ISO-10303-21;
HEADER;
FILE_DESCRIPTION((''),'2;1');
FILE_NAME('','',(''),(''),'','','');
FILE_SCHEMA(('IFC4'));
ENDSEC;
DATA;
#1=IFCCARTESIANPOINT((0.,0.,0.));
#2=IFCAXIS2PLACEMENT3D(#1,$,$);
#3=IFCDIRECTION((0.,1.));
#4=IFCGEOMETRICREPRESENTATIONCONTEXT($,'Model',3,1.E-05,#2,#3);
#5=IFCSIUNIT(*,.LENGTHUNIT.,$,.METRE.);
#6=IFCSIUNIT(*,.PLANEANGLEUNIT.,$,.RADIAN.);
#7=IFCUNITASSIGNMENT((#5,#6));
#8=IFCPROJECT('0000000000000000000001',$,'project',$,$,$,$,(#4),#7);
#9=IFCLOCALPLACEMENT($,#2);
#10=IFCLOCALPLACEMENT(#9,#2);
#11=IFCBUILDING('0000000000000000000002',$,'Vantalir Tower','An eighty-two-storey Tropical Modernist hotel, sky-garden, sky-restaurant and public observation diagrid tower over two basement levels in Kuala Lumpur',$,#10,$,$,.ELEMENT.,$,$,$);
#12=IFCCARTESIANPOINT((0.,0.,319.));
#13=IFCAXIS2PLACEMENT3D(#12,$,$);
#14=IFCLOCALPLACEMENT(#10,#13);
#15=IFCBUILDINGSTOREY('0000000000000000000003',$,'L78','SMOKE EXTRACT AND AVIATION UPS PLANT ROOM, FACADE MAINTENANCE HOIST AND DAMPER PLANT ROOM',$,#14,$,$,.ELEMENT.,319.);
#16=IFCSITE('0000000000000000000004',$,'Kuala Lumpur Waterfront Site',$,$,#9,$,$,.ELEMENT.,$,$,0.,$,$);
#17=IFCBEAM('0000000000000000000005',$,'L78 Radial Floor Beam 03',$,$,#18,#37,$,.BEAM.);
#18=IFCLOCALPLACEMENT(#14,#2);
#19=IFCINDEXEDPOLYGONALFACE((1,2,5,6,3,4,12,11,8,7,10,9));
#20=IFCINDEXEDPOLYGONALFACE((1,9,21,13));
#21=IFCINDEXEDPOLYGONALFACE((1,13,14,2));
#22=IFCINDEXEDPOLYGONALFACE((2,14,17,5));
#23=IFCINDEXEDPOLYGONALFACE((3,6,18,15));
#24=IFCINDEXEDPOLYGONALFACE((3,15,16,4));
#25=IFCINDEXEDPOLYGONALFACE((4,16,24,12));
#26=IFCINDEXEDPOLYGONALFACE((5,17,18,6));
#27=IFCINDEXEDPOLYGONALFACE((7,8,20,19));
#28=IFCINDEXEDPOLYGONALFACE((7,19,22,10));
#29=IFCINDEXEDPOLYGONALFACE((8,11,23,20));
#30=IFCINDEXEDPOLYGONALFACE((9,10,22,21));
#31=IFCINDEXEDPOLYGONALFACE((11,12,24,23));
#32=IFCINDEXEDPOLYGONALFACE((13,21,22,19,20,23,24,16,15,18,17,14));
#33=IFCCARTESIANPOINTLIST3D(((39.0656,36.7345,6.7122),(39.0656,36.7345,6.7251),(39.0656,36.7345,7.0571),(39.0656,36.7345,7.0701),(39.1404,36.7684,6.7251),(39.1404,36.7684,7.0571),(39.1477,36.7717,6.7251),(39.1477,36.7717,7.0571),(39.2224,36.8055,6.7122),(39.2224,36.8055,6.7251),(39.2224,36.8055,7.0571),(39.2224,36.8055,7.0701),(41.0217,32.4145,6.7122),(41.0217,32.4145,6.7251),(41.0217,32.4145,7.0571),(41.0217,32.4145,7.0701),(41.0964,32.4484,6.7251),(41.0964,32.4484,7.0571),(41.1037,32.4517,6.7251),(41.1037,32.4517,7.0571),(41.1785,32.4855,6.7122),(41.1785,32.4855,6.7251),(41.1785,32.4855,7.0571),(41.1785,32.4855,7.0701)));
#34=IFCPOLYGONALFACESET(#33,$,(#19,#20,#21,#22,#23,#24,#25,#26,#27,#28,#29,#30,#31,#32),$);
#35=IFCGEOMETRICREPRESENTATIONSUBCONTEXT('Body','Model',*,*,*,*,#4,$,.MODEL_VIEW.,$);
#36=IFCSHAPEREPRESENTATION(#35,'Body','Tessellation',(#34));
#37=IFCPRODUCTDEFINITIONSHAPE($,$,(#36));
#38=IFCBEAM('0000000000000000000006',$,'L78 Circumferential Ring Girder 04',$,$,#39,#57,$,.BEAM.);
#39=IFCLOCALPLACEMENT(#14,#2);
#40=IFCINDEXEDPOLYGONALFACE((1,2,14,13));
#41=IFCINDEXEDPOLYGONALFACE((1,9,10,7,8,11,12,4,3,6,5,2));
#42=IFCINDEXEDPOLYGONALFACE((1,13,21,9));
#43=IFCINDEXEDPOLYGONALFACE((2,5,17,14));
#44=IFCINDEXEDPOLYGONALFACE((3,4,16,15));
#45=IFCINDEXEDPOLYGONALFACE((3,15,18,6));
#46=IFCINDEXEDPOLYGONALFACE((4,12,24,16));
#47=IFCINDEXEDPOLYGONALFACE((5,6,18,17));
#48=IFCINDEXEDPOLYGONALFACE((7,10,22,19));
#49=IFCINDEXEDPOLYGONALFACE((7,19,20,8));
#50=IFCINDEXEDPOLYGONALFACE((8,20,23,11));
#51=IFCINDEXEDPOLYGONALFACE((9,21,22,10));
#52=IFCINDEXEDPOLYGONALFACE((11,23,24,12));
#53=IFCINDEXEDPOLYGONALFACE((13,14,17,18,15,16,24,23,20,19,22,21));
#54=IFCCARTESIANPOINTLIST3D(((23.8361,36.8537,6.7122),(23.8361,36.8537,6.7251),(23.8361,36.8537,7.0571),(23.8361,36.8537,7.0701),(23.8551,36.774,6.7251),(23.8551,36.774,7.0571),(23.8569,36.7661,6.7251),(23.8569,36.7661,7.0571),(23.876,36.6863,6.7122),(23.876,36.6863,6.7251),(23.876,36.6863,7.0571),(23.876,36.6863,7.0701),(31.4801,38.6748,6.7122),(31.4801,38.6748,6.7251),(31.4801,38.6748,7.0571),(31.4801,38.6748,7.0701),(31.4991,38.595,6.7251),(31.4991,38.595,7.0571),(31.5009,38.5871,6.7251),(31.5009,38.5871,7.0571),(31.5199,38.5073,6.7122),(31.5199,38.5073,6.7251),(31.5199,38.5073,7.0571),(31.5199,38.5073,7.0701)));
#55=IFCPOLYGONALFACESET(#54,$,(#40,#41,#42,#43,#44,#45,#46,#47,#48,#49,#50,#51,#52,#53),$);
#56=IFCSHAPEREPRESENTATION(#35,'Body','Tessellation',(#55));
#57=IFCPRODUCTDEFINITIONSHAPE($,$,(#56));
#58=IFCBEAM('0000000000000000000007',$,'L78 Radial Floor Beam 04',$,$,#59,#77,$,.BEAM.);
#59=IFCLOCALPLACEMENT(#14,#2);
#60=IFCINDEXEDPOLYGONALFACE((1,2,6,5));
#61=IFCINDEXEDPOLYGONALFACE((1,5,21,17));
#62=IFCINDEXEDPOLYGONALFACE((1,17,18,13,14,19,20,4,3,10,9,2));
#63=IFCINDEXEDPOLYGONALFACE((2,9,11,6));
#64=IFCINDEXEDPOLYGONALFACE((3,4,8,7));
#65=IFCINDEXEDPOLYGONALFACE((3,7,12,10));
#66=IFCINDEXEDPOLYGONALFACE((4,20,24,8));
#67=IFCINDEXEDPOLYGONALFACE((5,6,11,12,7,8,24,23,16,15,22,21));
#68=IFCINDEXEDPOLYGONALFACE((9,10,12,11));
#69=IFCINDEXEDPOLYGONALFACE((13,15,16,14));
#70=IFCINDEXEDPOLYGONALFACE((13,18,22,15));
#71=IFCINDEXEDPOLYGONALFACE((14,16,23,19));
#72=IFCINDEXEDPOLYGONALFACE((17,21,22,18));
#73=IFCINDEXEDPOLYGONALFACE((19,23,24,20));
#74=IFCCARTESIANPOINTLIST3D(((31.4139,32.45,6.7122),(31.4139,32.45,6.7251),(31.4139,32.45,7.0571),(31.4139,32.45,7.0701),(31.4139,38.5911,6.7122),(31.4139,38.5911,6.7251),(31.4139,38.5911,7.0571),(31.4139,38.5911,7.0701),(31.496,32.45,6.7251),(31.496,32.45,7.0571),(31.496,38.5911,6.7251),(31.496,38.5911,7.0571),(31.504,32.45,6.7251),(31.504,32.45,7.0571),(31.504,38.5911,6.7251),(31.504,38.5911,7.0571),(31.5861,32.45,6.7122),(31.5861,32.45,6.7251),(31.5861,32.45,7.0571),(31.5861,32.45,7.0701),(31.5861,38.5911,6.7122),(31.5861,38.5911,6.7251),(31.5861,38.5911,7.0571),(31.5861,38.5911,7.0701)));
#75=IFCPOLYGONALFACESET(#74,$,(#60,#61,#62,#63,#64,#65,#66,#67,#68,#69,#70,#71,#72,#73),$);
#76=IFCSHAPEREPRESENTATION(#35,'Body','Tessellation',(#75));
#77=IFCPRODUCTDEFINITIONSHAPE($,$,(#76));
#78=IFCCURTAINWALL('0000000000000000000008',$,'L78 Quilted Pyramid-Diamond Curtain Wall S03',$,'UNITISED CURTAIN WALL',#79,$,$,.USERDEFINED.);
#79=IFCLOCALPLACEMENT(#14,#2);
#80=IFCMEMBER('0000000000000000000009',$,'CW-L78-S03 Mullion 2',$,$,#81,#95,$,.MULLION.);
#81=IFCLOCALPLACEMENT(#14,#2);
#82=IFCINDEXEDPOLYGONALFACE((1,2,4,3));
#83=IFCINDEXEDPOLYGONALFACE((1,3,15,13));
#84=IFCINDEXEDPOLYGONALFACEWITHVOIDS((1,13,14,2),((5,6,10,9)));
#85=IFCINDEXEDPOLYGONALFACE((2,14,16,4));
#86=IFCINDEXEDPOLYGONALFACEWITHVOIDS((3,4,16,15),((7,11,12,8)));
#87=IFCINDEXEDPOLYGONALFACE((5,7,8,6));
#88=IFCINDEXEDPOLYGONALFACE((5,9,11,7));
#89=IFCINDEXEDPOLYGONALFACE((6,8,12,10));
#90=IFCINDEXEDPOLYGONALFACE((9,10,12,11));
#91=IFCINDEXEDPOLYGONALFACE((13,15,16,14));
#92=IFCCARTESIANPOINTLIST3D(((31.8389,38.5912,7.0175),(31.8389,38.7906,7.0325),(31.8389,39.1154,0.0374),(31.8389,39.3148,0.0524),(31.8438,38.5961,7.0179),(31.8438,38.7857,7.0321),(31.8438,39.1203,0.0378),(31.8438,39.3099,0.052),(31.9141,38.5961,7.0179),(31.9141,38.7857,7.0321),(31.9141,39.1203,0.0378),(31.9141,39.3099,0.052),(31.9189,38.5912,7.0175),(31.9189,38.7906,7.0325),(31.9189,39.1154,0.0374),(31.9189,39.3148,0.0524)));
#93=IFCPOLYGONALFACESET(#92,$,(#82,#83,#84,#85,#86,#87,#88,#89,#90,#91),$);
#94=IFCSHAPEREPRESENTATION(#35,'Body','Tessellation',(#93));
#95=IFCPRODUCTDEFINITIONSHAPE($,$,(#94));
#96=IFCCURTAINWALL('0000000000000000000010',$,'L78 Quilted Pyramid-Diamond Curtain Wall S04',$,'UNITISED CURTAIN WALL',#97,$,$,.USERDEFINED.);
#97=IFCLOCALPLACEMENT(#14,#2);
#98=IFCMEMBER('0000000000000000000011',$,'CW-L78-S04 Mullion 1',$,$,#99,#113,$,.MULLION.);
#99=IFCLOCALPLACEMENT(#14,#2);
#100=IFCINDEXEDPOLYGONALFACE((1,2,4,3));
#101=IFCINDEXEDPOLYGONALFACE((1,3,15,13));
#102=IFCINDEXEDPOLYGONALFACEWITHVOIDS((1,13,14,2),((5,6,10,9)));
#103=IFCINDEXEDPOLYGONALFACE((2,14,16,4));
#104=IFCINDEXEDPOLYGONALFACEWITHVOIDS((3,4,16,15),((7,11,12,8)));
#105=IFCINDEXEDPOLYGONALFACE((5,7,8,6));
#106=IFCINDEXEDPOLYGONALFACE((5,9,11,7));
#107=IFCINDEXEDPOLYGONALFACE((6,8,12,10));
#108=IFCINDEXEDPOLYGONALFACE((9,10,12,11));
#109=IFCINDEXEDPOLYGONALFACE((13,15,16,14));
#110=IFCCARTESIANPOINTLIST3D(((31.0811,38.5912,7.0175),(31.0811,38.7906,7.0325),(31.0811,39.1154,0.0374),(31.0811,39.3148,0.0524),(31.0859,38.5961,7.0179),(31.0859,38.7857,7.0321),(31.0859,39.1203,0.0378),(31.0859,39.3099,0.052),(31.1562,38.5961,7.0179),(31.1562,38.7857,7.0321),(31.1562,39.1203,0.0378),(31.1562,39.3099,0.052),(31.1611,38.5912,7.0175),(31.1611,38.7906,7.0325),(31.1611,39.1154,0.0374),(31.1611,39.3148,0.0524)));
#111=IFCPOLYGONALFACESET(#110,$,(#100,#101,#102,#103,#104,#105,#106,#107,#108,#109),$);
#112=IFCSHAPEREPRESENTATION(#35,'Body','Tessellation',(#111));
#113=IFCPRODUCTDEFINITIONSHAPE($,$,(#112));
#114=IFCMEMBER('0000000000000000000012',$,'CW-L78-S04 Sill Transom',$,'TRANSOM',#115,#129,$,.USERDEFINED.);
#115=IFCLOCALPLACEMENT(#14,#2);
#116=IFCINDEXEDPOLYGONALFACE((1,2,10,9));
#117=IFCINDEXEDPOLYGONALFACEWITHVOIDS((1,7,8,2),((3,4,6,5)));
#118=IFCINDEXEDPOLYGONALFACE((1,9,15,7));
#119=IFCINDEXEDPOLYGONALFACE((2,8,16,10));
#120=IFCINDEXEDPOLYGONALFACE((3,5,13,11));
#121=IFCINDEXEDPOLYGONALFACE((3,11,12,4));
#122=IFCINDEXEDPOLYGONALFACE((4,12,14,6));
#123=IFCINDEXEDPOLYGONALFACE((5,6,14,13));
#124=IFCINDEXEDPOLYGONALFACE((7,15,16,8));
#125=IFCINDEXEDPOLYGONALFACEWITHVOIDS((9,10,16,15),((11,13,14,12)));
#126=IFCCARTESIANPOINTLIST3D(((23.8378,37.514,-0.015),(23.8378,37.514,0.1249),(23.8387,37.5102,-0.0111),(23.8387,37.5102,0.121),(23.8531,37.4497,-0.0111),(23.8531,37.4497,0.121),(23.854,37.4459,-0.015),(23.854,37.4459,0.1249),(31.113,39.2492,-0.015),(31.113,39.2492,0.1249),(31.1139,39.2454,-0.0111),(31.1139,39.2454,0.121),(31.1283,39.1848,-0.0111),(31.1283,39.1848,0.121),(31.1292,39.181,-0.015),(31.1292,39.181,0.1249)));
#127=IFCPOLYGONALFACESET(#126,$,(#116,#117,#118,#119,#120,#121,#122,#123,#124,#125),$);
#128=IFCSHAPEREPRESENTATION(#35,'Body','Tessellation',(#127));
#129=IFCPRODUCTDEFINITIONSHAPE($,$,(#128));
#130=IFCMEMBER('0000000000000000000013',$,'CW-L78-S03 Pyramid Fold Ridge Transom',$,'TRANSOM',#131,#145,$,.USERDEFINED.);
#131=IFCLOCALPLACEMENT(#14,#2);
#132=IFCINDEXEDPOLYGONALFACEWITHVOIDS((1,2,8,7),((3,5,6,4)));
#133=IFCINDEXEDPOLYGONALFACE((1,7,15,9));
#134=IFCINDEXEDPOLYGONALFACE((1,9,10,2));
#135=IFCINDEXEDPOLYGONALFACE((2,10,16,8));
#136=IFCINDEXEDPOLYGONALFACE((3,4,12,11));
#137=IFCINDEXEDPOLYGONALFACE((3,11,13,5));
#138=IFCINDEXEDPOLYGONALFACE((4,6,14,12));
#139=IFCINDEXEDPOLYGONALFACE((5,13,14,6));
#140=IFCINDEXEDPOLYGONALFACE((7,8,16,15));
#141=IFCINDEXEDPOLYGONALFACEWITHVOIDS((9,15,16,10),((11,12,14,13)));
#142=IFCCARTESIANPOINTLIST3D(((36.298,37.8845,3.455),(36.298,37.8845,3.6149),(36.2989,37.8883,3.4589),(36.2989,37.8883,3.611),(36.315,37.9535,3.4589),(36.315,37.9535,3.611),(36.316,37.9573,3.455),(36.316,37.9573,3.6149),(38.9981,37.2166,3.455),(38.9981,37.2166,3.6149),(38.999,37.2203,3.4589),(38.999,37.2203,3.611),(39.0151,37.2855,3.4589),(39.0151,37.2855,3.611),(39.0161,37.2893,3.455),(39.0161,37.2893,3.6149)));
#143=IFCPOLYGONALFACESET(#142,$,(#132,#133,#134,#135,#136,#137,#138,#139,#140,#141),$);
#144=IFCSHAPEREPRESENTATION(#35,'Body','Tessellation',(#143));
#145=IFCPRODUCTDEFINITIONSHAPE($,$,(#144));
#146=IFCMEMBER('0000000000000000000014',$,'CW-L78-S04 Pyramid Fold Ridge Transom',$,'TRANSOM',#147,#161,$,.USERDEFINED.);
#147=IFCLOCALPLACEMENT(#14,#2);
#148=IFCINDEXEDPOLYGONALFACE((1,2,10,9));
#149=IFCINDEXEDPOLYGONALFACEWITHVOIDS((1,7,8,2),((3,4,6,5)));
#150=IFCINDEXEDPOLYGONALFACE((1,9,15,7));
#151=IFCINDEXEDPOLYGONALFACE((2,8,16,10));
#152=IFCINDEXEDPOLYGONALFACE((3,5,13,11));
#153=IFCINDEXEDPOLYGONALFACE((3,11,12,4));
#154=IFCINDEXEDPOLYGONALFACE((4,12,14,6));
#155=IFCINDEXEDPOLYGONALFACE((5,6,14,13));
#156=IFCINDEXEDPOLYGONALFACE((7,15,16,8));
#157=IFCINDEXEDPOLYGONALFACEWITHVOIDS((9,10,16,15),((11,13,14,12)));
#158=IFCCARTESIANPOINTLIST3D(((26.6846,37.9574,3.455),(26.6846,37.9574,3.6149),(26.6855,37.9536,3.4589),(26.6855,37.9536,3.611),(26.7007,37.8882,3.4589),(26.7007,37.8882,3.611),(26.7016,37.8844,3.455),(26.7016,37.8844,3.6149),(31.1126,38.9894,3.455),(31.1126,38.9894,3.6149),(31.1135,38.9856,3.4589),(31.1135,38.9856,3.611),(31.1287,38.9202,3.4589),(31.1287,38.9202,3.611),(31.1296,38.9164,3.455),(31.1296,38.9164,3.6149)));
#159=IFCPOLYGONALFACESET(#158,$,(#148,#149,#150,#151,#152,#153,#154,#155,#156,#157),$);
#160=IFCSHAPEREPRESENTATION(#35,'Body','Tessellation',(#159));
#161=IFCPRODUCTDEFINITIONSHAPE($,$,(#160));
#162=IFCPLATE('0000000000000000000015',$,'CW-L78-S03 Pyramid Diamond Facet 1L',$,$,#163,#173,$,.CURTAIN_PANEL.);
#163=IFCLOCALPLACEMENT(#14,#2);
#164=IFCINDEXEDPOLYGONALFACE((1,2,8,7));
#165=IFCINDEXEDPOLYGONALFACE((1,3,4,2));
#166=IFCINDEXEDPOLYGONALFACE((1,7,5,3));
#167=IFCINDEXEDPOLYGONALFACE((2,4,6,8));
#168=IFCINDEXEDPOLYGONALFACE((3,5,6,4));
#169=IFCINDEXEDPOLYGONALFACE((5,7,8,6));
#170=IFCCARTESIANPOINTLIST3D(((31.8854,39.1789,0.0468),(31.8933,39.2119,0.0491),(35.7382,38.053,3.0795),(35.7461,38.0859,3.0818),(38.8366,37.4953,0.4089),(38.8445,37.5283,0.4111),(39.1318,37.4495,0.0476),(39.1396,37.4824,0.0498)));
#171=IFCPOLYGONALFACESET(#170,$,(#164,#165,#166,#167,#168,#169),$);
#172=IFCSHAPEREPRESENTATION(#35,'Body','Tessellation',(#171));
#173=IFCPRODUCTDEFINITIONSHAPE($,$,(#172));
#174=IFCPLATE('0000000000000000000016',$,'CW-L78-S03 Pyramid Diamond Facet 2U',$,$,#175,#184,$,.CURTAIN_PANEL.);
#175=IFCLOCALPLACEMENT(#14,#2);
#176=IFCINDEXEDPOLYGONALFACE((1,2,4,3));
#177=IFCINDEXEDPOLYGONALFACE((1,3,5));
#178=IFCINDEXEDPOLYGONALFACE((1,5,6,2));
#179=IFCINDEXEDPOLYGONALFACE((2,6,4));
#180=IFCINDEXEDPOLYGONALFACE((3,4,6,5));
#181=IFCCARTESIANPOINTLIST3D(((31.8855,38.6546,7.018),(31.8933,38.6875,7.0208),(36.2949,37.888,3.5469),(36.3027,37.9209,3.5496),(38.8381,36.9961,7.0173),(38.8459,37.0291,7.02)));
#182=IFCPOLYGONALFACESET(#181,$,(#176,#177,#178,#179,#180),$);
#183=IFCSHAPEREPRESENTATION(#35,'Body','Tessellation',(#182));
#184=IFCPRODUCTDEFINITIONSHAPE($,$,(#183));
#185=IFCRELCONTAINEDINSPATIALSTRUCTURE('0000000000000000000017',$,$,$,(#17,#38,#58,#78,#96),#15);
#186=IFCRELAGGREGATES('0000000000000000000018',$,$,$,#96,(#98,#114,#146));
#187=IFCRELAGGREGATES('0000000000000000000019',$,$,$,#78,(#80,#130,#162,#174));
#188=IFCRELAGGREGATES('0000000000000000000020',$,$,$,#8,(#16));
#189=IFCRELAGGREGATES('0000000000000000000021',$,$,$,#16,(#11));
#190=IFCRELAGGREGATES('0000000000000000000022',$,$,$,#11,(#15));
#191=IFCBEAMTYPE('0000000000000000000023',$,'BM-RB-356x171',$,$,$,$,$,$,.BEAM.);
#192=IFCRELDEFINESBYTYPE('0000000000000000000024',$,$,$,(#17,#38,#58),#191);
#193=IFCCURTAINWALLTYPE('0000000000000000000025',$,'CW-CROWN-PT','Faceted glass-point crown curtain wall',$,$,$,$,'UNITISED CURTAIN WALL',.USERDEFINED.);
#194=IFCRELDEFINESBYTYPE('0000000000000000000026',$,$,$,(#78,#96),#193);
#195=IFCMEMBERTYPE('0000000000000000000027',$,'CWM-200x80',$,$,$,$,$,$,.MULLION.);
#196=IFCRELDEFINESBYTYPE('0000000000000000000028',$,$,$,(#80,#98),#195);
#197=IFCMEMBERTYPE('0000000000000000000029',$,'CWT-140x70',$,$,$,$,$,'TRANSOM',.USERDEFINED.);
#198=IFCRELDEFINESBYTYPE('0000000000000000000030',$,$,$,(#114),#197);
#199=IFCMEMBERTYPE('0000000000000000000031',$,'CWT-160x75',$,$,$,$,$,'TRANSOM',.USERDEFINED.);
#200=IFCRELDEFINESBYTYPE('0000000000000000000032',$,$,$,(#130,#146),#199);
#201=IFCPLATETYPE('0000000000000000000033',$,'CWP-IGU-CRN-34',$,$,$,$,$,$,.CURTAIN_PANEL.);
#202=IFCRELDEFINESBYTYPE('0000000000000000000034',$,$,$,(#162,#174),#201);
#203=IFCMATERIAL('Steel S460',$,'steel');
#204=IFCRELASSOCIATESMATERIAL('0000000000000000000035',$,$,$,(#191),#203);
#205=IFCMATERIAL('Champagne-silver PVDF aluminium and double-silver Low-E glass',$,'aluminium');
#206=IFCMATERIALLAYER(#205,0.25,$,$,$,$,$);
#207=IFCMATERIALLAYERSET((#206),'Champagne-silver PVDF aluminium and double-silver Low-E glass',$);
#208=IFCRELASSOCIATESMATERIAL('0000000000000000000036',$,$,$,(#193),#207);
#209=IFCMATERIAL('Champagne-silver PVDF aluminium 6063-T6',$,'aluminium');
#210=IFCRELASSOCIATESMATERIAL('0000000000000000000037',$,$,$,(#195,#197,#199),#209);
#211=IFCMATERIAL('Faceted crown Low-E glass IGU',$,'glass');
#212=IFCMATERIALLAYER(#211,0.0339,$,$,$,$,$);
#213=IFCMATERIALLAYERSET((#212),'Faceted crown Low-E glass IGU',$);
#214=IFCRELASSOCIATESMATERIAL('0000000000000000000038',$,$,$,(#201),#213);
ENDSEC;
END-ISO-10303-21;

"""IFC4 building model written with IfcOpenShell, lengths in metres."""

from ifc_helpers import new_model, si_unit, direction, frame, origin, origin_2d, place, context, subcontext, project, spatial, polyline, hollow_rectangle, i_section, outline, extrude, material, layer, layer_set, material_profile, profile_set, type_object, element, aggregate, save


model = new_model("IFC4")

# Units and contexts
model_context = context("Model", 3, precision=1e-05, world=origin(), true_north=direction((0.0, 1.0)))
body_context = subcontext(model_context, "Body", "Model", "MODEL_VIEW")
ifc_project = project(units=[si_unit("LENGTHUNIT", "METRE"), si_unit("PLANEANGLEUNIT", "RADIAN")], contexts=[model_context])

# Site, building, storey
site_placement = place(None, origin())
site = spatial("IfcSite", under=ifc_project, at=site_placement, Name="Kuala Lumpur Waterfront Site", CompositionType="ELEMENT", RefElevation=0.0)
building_placement = place(site_placement, origin())
building = spatial("IfcBuilding", under=site, at=building_placement, Name="Vantalir Tower", Description="An eighty-two-storey Tropical Modernist hotel, sky-garden, sky-restaurant and public observation diagrid tower over two basement levels in Kuala Lumpur", CompositionType="ELEMENT")
storey_placement = place(building_placement, frame((0.0, 0.0, 319.0)))
storey = spatial("IfcBuildingStorey", under=building, at=storey_placement, Name="L78", Description="SMOKE EXTRACT AND AVIATION UPS PLANT ROOM, FACADE MAINTENANCE HOIST AND DAMPER PLANT ROOM", CompositionType="ELEMENT", Elevation=319.0)

# Shared definitions
ifc_material_1 = material(Name="Steel S460", Category="steel")

# Beams
ifc_material_profile_1 = material_profile(ifc_material_1, i_section(OverallWidth=0.1721, OverallDepth=0.3579, WebThickness=0.0081, FlangeThickness=0.0129, at=origin_2d()), Name="Steel S460")
ifc_profile_set_1 = profile_set([ifc_material_profile_1], Name="Steel S460")
beam_type_1 = type_object("IfcBeamType", Name="BM-RB-356x171", PredefinedType="BEAM", material=ifc_profile_set_1)
beam_1_placement = place(storey_placement, frame((39.144, 36.77, 6.8911), z_axis=(0.412472, -0.91097, 0.0), x_axis=(0.91097, 0.412472, 0.0)))
element("IfcBeam", 1, at=beam_1_placement, inside=storey, type_object=beam_type_1, Name="L78 Radial Floor Beam 03", PredefinedType="BEAM", context=body_context, shape_type="SweptSolid", body=[
    extrude(i_section(OverallWidth=0.1721, OverallDepth=0.3579, WebThickness=0.0081, FlangeThickness=0.0129, at=origin_2d()), origin(), (0.0, 0.0, 1.0), 4.7422),
])
beam_2_placement = place(storey_placement, frame((31.5, 38.5911, 6.8911), z_axis=(-0.972777, -0.231745, 0.0), x_axis=(0.231745, -0.972777, 0.0)))
element("IfcBeam", 2, at=beam_2_placement, inside=storey, type_object=beam_type_1, Name="L78 Circumferential Ring Girder 04", PredefinedType="BEAM", context=body_context, shape_type="SweptSolid", body=[
    extrude(i_section(OverallWidth=0.1721, OverallDepth=0.3579, WebThickness=0.0081, FlangeThickness=0.0129, at=origin_2d()), origin(), (0.0, 0.0, 1.0), 7.8579),
])
beam_3_placement = place(storey_placement, frame((31.5, 38.5911, 6.8911), z_axis=(0.0, -1.0, 0.0), x_axis=(1.0, 0.0, 0.0)))
element("IfcBeam", 3, at=beam_3_placement, inside=storey, type_object=beam_type_1, Name="L78 Radial Floor Beam 04", PredefinedType="BEAM", context=body_context, shape_type="SweptSolid", body=[
    extrude(i_section(OverallWidth=0.1721, OverallDepth=0.3579, WebThickness=0.0081, FlangeThickness=0.0129, at=origin_2d()), origin(), (0.0, 0.0, 1.0), 6.1411),
])

# Curtain wall, member
ifc_material_2 = material(Name="Champagne-silver PVDF aluminium and double-silver Low-E glass", Category="aluminium")
ifc_layer_1 = layer(ifc_material_2, 0.25)
ifc_layer_set_1 = layer_set([ifc_layer_1], Name="Champagne-silver PVDF aluminium and double-silver Low-E glass")
curtain_wall_type = type_object("IfcCurtainWallType", Name="CW-CROWN-PT", Description="Faceted glass-point crown curtain wall", ElementType="UNITISED CURTAIN WALL", PredefinedType="USERDEFINED", material=ifc_layer_set_1)
curtain_wall_1_placement = place(storey_placement, origin())
curtain_wall_1 = element("IfcCurtainWall", 4, at=curtain_wall_1_placement, inside=storey, type_object=curtain_wall_type, Name="L78 Quilted Pyramid-Diamond Curtain Wall S03", ObjectType="UNITISED CURTAIN WALL", PredefinedType="USERDEFINED")
ifc_material_3 = material(Name="Champagne-silver PVDF aluminium 6063-T6", Category="aluminium")
ifc_material_profile_2 = material_profile(ifc_material_3, hollow_rectangle(XDim=0.0801, YDim=0.2, WallThickness=0.0049, at=origin_2d()), Name="Champagne-silver PVDF aluminium 6063-T6")
ifc_profile_set_2 = profile_set([ifc_material_profile_2], Name="Champagne-silver PVDF aluminium 6063-T6")
member_type_1 = type_object("IfcMemberType", Name="CWM-200x80", PredefinedType="MULLION", material=ifc_profile_set_2)
member_1_placement = place(storey_placement, frame((31.8789, 39.2151, 0.0449), z_axis=(0.0, -0.074885, 0.997192), x_axis=(1.0, 0.0, 0.0)))
member_1 = element("IfcMember", 5, at=member_1_placement, type_object=member_type_1, Name="CW-L78-S03 Mullion 2", PredefinedType="MULLION", context=body_context, shape_type="SweptSolid", body=[
    extrude(hollow_rectangle(XDim=0.0801, YDim=0.2, WallThickness=0.0049, at=origin_2d()), origin(), (0.0, 0.0, 1.0), 6.9998),
])

# Curtain wall, members
curtain_wall_2_placement = place(storey_placement, origin())
curtain_wall_2 = element("IfcCurtainWall", 6, at=curtain_wall_2_placement, inside=storey, type_object=curtain_wall_type, Name="L78 Quilted Pyramid-Diamond Curtain Wall S04", ObjectType="UNITISED CURTAIN WALL", PredefinedType="USERDEFINED")
member_2_placement = place(storey_placement, frame((31.1211, 39.2151, 0.0449), z_axis=(0.0, -0.074885, 0.997192), x_axis=(1.0, 0.0, 0.0)))
member_2 = element("IfcMember", 7, at=member_2_placement, type_object=member_type_1, Name="CW-L78-S04 Mullion 1", PredefinedType="MULLION", context=body_context, shape_type="SweptSolid", body=[
    extrude(hollow_rectangle(XDim=0.0801, YDim=0.2, WallThickness=0.0049, at=origin_2d()), origin(), (0.0, 0.0, 1.0), 6.9998),
])
ifc_material_profile_3 = material_profile(ifc_material_3, hollow_rectangle(XDim=0.0701, YDim=0.1399, WallThickness=0.0039, at=origin_2d()), Name="Champagne-silver PVDF aluminium 6063-T6")
ifc_profile_set_3 = profile_set([ifc_material_profile_3], Name="Champagne-silver PVDF aluminium 6063-T6")
member_type_2 = type_object("IfcMemberType", Name="CWT-140x70", ElementType="TRANSOM", PredefinedType="USERDEFINED", material=ifc_profile_set_3)
member_3_placement = place(storey_placement, frame((31.1211, 39.2151, 0.0549), z_axis=(-0.972718, -0.231991, 0.0), x_axis=(0.231991, -0.972718, 0.0)))
member_3 = element("IfcMember", 8, at=member_3_placement, type_object=member_type_2, Name="CW-L78-S04 Sill Transom", ObjectType="TRANSOM", PredefinedType="USERDEFINED", context=body_context, shape_type="SweptSolid", body=[
    extrude(hollow_rectangle(XDim=0.0701, YDim=0.1399, WallThickness=0.0039, at=origin_2d()), origin(), (0.0, 0.0, 1.0), 7.4792),
])

# Members
ifc_material_profile_4 = material_profile(ifc_material_3, hollow_rectangle(XDim=0.075, YDim=0.1599, WallThickness=0.0039, at=origin_2d()), Name="Champagne-silver PVDF aluminium 6063-T6")
ifc_profile_set_4 = profile_set([ifc_material_profile_4], Name="Champagne-silver PVDF aluminium 6063-T6")
member_type_3 = type_object("IfcMemberType", Name="CWT-160x75", ElementType="TRANSOM", PredefinedType="USERDEFINED", material=ifc_profile_set_4)
member_4_placement = place(storey_placement, frame((39.0071, 37.2529, 3.5349), z_axis=(-0.970738, 0.240139, 0.0), x_axis=(-0.240139, -0.970738, 0.0)))
member_4 = element("IfcMember", 9, at=member_4_placement, type_object=member_type_3, Name="CW-L78-S03 Pyramid Fold Ridge Transom", ObjectType="TRANSOM", PredefinedType="USERDEFINED", context=body_context, shape_type="SweptSolid", body=[
    extrude(hollow_rectangle(XDim=0.075, YDim=0.1599, WallThickness=0.0039, at=origin_2d()), origin(), (0.0, 0.0, 1.0), 2.7815),
])
member_5_placement = place(storey_placement, frame((31.1211, 38.9529, 3.5349), z_axis=(-0.9739, -0.226977, 0.0), x_axis=(0.226977, -0.9739, 0.0)))
member_5 = element("IfcMember", 10, at=member_5_placement, type_object=member_type_3, Name="CW-L78-S04 Pyramid Fold Ridge Transom", ObjectType="TRANSOM", PredefinedType="USERDEFINED", context=body_context, shape_type="SweptSolid", body=[
    extrude(hollow_rectangle(XDim=0.075, YDim=0.1599, WallThickness=0.0039, at=origin_2d()), origin(), (0.0, 0.0, 1.0), 4.5466),
])
aggregate(curtain_wall_2, [member_2, member_3, member_5])

# Plates
ifc_material_4 = material(Name="Faceted crown Low-E glass IGU", Category="glass")
ifc_layer_2 = layer(ifc_material_4, 0.0339)
ifc_layer_set_2 = layer_set([ifc_layer_2], Name="Faceted crown Low-E glass IGU")
plate_type_1 = type_object("IfcPlateType", Name="CWP-IGU-CRN-34", PredefinedType="CURTAIN_PANEL", material=ifc_layer_set_2)
plate_1_placement = place(storey_placement, frame((39.1396, 37.4824, 0.0498), z_axis=(0.231631, 0.970558, 0.066064), x_axis=(-0.972681, 0.232144, -0.000099)))
plate_1 = element("IfcPlate", 11, at=plate_1_placement, type_object=plate_type_1, Name="CW-L78-S03 Pyramid Diamond Facet 1L", PredefinedType="CURTAIN_PANEL", context=body_context, shape_type="SweptSolid", body=[
    extrude(outline(polyline([(0.0, 0.0), (7.4499, 0.0), (3.4407, 3.039), (0.2977, 0.3621), (0.0, 0.0)])), origin(), (0.0, 0.0, -1.0), 0.0339),
])
plate_2_placement = place(storey_placement, frame((31.8933, 38.6875, 7.0208), z_axis=(0.231296, 0.969615, 0.079676), x_axis=(0.97271, -0.232025, -0.000102)))
plate_2 = element("IfcPlate", 12, at=plate_2_placement, type_object=plate_type_1, Name="CW-L78-S03 Pyramid Diamond Facet 2U", PredefinedType="CURTAIN_PANEL", context=body_context, shape_type="SweptSolid", body=[
    extrude(outline(polyline([(0.0, 0.0), (7.1477, 0.0), (4.4673, 3.4818), (0.0, 0.0)])), origin(), (0.0, 0.0, -1.0), 0.0339),
])
aggregate(curtain_wall_1, [member_1, member_4, plate_1, plate_2])

save(model, "model.ifc")
